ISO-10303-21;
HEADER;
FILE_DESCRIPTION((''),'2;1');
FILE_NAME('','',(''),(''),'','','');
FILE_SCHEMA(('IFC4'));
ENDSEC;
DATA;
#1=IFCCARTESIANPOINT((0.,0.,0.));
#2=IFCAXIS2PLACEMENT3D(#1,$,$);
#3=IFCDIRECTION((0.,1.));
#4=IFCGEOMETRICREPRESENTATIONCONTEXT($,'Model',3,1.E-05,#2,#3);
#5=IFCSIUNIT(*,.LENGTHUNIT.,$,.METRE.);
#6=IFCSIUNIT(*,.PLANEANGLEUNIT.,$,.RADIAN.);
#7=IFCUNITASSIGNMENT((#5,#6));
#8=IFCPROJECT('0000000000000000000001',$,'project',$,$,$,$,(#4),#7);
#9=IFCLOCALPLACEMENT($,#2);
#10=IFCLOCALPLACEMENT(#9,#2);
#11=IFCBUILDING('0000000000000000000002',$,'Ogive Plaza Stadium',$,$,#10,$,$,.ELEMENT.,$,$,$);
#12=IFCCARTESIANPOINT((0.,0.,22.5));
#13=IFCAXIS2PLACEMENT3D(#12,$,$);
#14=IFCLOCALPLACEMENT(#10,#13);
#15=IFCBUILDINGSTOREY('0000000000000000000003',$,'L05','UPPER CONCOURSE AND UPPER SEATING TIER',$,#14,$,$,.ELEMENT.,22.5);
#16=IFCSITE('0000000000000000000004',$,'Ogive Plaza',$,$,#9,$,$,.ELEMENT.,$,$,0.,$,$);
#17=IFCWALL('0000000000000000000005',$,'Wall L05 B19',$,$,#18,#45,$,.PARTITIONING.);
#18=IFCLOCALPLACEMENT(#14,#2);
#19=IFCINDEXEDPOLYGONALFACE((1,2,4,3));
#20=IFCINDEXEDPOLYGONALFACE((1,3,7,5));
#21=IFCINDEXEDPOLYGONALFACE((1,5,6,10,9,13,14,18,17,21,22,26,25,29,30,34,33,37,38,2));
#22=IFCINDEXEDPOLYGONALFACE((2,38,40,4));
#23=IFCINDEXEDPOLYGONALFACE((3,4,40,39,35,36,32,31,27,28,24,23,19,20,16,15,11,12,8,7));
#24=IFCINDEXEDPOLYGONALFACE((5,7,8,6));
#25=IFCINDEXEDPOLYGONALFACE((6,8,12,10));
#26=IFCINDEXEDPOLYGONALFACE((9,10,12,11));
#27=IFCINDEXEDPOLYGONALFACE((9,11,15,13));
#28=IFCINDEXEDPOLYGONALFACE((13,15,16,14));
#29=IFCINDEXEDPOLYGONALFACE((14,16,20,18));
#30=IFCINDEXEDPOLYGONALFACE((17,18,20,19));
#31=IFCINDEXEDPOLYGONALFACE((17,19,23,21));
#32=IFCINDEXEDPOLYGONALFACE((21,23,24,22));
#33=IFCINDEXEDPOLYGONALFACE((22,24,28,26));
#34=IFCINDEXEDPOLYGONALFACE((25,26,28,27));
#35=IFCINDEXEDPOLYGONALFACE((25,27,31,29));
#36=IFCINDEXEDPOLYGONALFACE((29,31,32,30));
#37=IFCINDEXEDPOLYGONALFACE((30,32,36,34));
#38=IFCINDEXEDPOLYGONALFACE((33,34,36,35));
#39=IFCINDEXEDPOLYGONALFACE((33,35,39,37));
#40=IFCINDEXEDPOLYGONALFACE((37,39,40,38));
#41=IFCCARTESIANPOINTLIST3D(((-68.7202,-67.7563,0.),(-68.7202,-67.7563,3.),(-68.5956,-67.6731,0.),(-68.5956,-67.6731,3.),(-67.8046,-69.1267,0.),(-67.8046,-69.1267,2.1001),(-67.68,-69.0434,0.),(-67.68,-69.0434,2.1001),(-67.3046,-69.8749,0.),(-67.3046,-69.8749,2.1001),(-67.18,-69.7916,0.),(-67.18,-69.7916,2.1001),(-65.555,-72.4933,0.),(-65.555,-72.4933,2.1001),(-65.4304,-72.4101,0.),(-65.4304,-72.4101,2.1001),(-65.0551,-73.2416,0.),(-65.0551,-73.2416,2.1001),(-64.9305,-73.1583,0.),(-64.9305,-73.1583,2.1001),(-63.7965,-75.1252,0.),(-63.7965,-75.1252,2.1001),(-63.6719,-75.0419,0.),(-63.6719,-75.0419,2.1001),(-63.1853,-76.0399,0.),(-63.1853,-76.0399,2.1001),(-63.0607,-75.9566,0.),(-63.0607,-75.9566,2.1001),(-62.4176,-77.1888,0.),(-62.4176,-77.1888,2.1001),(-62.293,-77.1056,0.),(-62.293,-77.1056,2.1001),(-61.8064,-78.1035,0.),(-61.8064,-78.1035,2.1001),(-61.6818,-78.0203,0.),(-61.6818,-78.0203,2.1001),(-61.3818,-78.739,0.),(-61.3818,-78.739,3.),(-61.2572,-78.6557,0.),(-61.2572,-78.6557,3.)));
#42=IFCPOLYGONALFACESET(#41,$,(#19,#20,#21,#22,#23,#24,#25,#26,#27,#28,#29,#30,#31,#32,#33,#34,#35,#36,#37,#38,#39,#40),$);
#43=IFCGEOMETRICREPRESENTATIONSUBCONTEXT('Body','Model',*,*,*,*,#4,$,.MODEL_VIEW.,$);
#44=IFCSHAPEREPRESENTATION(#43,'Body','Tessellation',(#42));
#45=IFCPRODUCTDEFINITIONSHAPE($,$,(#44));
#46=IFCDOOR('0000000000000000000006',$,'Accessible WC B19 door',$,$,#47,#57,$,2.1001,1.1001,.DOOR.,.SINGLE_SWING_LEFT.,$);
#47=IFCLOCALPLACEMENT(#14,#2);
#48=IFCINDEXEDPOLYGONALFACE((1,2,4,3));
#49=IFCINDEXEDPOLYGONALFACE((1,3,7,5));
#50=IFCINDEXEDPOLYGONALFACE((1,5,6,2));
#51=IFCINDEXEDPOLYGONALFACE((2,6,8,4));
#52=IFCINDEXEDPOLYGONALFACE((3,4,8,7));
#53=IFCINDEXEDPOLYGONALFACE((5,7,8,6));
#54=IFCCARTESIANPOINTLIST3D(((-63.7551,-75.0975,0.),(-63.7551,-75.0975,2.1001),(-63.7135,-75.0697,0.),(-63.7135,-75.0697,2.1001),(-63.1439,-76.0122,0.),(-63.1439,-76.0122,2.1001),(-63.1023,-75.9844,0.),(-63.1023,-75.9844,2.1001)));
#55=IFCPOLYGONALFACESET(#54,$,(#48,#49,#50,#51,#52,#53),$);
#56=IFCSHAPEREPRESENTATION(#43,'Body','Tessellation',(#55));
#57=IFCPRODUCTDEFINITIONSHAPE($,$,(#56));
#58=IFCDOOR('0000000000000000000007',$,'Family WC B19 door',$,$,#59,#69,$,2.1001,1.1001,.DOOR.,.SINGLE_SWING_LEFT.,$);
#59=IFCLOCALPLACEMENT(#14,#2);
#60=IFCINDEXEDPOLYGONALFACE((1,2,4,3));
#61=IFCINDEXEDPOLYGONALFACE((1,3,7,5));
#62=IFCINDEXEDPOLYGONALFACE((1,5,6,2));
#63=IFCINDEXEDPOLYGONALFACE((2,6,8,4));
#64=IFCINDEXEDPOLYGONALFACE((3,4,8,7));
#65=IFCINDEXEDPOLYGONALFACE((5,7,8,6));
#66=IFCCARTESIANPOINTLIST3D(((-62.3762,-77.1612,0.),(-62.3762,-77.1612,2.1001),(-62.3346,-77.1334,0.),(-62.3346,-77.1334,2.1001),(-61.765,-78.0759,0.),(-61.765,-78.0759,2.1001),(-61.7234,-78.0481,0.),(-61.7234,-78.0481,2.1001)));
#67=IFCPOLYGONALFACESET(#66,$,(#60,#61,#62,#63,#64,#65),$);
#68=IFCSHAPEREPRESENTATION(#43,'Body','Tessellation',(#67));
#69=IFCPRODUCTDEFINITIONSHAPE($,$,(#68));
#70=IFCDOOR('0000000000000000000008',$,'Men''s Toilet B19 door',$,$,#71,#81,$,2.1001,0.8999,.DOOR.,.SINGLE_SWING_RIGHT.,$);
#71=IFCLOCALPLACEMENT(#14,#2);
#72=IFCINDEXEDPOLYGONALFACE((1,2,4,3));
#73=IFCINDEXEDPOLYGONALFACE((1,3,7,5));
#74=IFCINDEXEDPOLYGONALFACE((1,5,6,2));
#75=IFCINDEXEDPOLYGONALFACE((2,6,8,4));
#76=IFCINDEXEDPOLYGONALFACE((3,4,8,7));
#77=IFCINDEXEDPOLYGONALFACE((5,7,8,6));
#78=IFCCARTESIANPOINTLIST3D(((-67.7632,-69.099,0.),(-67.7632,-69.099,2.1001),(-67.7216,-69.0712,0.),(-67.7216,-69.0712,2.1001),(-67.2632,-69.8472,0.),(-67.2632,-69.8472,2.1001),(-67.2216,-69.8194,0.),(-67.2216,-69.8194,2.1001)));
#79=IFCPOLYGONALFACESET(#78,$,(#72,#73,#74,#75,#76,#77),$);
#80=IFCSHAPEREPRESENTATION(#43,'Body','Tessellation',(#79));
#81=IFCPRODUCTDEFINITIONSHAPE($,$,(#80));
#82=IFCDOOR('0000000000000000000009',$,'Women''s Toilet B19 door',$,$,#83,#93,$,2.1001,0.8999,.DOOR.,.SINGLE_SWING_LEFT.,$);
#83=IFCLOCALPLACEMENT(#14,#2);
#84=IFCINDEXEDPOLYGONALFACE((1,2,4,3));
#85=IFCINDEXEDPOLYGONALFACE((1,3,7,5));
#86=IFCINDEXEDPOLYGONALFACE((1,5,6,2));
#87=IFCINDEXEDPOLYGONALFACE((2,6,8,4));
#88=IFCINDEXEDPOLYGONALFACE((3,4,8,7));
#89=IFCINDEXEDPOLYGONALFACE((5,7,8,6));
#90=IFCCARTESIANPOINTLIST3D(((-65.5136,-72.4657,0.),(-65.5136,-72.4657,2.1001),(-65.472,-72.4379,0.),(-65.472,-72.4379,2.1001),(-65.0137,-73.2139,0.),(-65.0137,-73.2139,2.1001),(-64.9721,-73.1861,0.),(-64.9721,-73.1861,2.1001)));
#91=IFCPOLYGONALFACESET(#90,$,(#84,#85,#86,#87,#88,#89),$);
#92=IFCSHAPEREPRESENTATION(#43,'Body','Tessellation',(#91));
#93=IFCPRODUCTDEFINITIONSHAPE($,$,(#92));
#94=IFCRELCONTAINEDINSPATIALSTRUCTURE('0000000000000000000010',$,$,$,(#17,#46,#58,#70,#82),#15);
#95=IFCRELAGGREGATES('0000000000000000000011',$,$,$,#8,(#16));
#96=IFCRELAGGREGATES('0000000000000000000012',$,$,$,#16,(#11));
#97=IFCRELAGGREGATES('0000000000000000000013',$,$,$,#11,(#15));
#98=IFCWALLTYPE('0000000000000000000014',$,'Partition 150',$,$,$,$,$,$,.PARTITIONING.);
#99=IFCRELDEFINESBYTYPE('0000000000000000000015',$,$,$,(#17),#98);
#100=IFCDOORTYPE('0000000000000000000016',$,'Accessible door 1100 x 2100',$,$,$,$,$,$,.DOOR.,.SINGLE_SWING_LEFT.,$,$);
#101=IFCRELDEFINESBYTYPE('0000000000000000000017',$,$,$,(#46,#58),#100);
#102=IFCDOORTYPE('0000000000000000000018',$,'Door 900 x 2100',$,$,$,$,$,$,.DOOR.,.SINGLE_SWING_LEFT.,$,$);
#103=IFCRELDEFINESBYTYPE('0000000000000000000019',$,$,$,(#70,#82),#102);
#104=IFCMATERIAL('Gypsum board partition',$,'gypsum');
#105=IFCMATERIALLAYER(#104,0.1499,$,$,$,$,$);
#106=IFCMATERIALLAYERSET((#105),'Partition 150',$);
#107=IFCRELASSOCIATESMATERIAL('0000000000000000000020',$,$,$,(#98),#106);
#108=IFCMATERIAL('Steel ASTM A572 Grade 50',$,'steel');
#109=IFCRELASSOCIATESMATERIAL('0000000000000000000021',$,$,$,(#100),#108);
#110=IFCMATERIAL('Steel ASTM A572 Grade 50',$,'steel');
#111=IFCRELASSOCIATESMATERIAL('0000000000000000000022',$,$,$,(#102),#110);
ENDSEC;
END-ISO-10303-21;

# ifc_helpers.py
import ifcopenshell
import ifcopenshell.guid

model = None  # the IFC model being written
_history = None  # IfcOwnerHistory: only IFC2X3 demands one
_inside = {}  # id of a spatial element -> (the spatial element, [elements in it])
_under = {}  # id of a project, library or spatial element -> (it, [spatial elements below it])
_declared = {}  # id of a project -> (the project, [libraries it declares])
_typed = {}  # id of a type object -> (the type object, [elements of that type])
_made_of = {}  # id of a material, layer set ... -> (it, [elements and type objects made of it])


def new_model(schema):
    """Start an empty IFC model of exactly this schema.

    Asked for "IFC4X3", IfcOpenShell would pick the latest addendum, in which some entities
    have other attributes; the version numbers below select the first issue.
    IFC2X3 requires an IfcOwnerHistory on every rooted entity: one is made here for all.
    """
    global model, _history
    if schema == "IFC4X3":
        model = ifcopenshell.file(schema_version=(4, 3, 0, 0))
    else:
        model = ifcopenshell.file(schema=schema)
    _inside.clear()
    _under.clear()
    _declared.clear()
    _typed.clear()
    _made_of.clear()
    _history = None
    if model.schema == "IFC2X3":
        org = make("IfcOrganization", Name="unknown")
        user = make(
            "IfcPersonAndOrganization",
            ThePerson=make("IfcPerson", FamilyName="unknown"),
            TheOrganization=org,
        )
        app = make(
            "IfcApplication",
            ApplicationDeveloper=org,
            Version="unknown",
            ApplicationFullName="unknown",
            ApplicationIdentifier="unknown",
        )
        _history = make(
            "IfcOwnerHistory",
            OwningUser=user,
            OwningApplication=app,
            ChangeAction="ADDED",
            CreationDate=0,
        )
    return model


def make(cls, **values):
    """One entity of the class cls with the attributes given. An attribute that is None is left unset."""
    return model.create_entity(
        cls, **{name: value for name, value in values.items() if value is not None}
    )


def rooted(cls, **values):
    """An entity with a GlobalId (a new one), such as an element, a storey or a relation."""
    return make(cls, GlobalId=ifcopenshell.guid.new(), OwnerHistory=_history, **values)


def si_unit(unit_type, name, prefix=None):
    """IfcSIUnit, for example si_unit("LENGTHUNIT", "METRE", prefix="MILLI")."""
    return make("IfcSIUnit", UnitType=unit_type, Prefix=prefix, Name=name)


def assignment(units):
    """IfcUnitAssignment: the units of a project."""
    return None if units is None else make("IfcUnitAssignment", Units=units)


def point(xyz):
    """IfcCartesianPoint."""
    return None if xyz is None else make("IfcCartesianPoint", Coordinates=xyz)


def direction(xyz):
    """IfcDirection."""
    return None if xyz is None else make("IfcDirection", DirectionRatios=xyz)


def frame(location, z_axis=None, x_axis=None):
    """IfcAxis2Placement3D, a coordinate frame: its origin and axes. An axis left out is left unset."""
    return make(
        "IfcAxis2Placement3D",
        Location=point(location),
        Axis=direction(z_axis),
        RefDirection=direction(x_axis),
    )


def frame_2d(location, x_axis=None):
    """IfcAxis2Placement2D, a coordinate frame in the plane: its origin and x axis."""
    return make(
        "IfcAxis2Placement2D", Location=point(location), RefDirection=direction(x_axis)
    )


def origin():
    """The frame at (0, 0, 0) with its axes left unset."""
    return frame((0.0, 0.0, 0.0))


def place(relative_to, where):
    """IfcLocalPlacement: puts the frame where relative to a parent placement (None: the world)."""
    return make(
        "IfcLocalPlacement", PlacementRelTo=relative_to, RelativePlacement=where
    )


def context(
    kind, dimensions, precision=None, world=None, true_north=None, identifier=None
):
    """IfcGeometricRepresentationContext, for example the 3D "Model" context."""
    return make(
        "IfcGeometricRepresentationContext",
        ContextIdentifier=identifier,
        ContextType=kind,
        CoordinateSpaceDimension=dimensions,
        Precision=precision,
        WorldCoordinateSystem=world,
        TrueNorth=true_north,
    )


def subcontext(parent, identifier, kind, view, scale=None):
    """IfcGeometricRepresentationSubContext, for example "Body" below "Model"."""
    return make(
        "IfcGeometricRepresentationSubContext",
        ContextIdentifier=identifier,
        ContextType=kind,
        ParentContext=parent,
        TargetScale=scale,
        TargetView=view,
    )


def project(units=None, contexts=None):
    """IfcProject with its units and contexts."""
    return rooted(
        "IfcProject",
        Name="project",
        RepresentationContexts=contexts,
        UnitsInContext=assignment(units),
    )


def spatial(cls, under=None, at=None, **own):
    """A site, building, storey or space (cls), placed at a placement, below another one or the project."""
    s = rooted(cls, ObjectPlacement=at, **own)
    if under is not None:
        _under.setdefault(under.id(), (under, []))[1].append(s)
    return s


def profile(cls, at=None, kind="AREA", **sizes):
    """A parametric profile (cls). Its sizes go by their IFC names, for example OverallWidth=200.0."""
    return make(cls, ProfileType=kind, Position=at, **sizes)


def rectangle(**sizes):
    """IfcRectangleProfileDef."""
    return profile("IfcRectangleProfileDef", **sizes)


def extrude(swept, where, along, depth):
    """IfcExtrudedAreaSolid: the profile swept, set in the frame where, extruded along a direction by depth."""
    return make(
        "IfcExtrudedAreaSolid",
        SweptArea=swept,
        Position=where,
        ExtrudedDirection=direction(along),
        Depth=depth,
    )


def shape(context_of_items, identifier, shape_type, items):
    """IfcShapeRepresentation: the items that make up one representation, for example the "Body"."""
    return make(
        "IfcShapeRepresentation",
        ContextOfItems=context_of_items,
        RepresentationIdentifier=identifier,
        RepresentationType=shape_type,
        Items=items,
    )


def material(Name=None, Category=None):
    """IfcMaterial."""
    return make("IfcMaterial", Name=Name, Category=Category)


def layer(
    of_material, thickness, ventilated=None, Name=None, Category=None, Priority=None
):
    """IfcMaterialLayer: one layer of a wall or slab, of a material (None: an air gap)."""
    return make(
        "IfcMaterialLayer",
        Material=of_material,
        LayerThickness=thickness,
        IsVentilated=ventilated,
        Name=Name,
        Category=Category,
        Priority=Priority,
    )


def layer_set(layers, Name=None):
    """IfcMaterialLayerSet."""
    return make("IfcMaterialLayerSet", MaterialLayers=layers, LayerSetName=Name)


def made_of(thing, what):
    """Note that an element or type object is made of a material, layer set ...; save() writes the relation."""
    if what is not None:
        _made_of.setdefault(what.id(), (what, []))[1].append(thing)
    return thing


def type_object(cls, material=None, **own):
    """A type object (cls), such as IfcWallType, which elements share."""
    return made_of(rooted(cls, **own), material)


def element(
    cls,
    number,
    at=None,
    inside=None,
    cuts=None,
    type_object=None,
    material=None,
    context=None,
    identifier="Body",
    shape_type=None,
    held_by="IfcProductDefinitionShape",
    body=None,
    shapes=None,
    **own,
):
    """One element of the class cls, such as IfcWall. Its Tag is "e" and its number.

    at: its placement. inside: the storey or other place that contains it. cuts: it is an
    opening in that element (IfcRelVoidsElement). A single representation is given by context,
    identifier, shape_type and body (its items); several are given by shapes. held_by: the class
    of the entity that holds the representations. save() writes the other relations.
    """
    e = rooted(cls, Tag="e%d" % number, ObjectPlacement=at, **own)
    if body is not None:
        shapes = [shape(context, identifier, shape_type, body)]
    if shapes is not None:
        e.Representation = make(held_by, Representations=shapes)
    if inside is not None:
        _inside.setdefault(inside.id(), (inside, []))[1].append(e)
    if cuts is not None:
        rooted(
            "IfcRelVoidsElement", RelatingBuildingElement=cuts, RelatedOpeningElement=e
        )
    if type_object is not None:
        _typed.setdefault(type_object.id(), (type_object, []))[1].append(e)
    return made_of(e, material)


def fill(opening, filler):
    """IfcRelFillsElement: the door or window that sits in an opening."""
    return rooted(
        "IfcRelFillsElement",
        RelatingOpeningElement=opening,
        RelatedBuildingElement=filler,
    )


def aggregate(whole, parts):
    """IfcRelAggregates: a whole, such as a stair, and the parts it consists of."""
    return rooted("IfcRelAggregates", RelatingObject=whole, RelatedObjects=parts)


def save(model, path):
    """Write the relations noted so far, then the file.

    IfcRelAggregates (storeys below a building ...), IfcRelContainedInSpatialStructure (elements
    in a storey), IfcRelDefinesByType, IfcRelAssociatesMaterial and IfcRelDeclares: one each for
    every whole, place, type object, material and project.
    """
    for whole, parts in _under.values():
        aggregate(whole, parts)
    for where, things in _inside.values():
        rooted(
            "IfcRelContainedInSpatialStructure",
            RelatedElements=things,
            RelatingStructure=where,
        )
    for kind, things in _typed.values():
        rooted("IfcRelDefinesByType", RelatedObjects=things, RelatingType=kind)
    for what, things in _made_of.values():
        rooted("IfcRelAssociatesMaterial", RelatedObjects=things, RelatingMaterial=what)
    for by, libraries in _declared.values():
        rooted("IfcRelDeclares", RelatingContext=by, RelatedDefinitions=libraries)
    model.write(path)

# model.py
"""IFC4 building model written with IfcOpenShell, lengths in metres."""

from ifc_helpers import new_model, si_unit, direction, frame, frame_2d, origin, place, context, subcontext, project, spatial, rectangle, extrude, material, layer, layer_set, type_object, element, fill, save


model = new_model("IFC4")

# Units and contexts
model_context = context("Model", 3, precision=1e-05, world=origin(), true_north=direction((0.0, 1.0)))
body_context = subcontext(model_context, "Body", "Model", "MODEL_VIEW")
ifc_project = project(units=[si_unit("LENGTHUNIT", "METRE"), si_unit("PLANEANGLEUNIT", "RADIAN")], contexts=[model_context])

# Site, building, storey
site_placement = place(None, origin())
site = spatial("IfcSite", under=ifc_project, at=site_placement, Name="Ogive Plaza", CompositionType="ELEMENT", RefElevation=0.0)
building_placement = place(site_placement, origin())
building = spatial("IfcBuilding", under=site, at=building_placement, Name="Ogive Plaza Stadium", CompositionType="ELEMENT")
storey_placement = place(building_placement, frame((0.0, 0.0, 22.5)))
storey = spatial("IfcBuildingStorey", under=building, at=storey_placement, Name="L05", Description="UPPER CONCOURSE AND UPPER SEATING TIER", CompositionType="ELEMENT", Elevation=22.5)

# Wall, openings, doors
ifc_material_1 = material(Name="Gypsum board partition", Category="gypsum")
ifc_layer_1 = layer(ifc_material_1, 0.1499)
ifc_layer_set_1 = layer_set([ifc_layer_1], Name="Partition 150")
wall_type_1 = type_object("IfcWallType", Name="Partition 150", PredefinedType="PARTITIONING", material=ifc_layer_set_1)
wall_1_placement = place(storey_placement, frame((-68.658, -67.7146, 0.0), z_axis=(0.0, 0.0, 1.0), x_axis=(0.55557, -0.83147, 0.0)))
wall_1 = element("IfcWall", 1, at=wall_1_placement, inside=storey, type_object=wall_type_1, Name="Wall L05 B19", PredefinedType="PARTITIONING", context=body_context, shape_type="SweptSolid", body=[
    extrude(rectangle(XDim=13.2087, YDim=0.1499, at=frame_2d((6.6045, 0.0))), origin(), (0.0, 0.0, 1.0), 3.0),
])
opening_1_placement = place(wall_1_placement, frame((1.6482, 0.0, 0.0)))
opening_1 = element("IfcOpeningElement", 2, at=opening_1_placement, cuts=wall_1, PredefinedType="OPENING", context=body_context, shape_type="SweptSolid", body=[
    extrude(rectangle(XDim=0.8999, YDim=2.1001, at=frame_2d((0.45, 1.05))), frame((0.0, 0.075, 0.0), z_axis=(0.0, -1.0, 0.0), x_axis=(1.0, 0.0, 0.0)), (0.0, 0.0, 1.0), 0.1499),
])
opening_2_placement = place(wall_1_placement, frame((5.6973, 0.0, 0.0)))
opening_2 = element("IfcOpeningElement", 3, at=opening_2_placement, cuts=wall_1, PredefinedType="OPENING", context=body_context, shape_type="SweptSolid", body=[
    extrude(rectangle(XDim=0.8999, YDim=2.1001, at=frame_2d((0.45, 1.05))), frame((0.0, 0.075, 0.0), z_axis=(0.0, -1.0, 0.0), x_axis=(1.0, 0.0, 0.0)), (0.0, 0.0, 1.0), 0.1499),
])
opening_3_placement = place(wall_1_placement, frame((8.8625, 0.0, 0.0)))
opening_3 = element("IfcOpeningElement", 4, at=opening_3_placement, cuts=wall_1, PredefinedType="OPENING", context=body_context, shape_type="SweptSolid", body=[
    extrude(rectangle(XDim=1.1001, YDim=2.1001, at=frame_2d((0.55, 1.05))), frame((0.0, 0.075, 0.0), z_axis=(0.0, -1.0, 0.0), x_axis=(1.0, 0.0, 0.0)), (0.0, 0.0, 1.0), 0.1499),
])
opening_4_placement = place(wall_1_placement, frame((11.3445, 0.0, 0.0)))
opening_4 = element("IfcOpeningElement", 5, at=opening_4_placement, cuts=wall_1, PredefinedType="OPENING", context=body_context, shape_type="SweptSolid", body=[
    extrude(rectangle(XDim=1.1001, YDim=2.1001, at=frame_2d((0.55, 1.05))), frame((0.0, 0.075, 0.0), z_axis=(0.0, -1.0, 0.0), x_axis=(1.0, 0.0, 0.0)), (0.0, 0.0, 1.0), 0.1499),
])
ifc_material_2 = material(Name="Steel ASTM A572 Grade 50", Category="steel")
door_type_1 = type_object("IfcDoorType", Name="Accessible door 1100 x 2100", OperationType="SINGLE_SWING_LEFT", PredefinedType="DOOR", material=ifc_material_2)
door_1_placement = place(opening_3_placement, origin())
door_1 = element("IfcDoor", 6, at=door_1_placement, inside=storey, type_object=door_type_1, Name="Accessible WC B19 door", OperationType="SINGLE_SWING_LEFT", OverallHeight=2.1001, OverallWidth=1.1001, PredefinedType="DOOR", context=body_context, shape_type="SweptSolid", body=[
    extrude(rectangle(XDim=1.1001, YDim=2.1001, at=frame_2d((0.55, 1.05))), frame((0.0, 0.0249, 0.0), z_axis=(0.0, -1.0, 0.0), x_axis=(1.0, 0.0, 0.0)), (0.0, 0.0, 1.0), 0.05),
])
fill(opening_3, door_1)
door_2_placement = place(opening_4_placement, origin())
door_2 = element("IfcDoor", 7, at=door_2_placement, inside=storey, type_object=door_type_1, Name="Family WC B19 door", OperationType="SINGLE_SWING_LEFT", OverallHeight=2.1001, OverallWidth=1.1001, PredefinedType="DOOR", context=body_context, shape_type="SweptSolid", body=[
    extrude(rectangle(XDim=1.1001, YDim=2.1001, at=frame_2d((0.55, 1.05))), frame((0.0, 0.0249, 0.0), z_axis=(0.0, -1.0, 0.0), x_axis=(1.0, 0.0, 0.0)), (0.0, 0.0, 1.0), 0.05),
])
fill(opening_4, door_2)
ifc_material_3 = material(Name="Steel ASTM A572 Grade 50", Category="steel")
door_type_2 = type_object("IfcDoorType", Name="Door 900 x 2100", OperationType="SINGLE_SWING_LEFT", PredefinedType="DOOR", material=ifc_material_3)
door_3_placement = place(opening_1_placement, origin())
door_3 = element("IfcDoor", 8, at=door_3_placement, inside=storey, type_object=door_type_2, Name="Men's Toilet B19 door", OperationType="SINGLE_SWING_RIGHT", OverallHeight=2.1001, OverallWidth=0.8999, PredefinedType="DOOR", context=body_context, shape_type="SweptSolid", body=[
    extrude(rectangle(XDim=0.8999, YDim=2.1001, at=frame_2d((0.45, 1.05))), frame((0.0, 0.0249, 0.0), z_axis=(0.0, -1.0, 0.0), x_axis=(1.0, 0.0, 0.0)), (0.0, 0.0, 1.0), 0.05),
])
fill(opening_1, door_3)
door_4_placement = place(opening_2_placement, origin())
door_4 = element("IfcDoor", 9, at=door_4_placement, inside=storey, type_object=door_type_2, Name="Women's Toilet B19 door", OperationType="SINGLE_SWING_LEFT", OverallHeight=2.1001, OverallWidth=0.8999, PredefinedType="DOOR", context=body_context, shape_type="SweptSolid", body=[
    extrude(rectangle(XDim=0.8999, YDim=2.1001, at=frame_2d((0.45, 1.05))), frame((0.0, 0.0249, 0.0), z_axis=(0.0, -1.0, 0.0), x_axis=(1.0, 0.0, 0.0)), (0.0, 0.0, 1.0), 0.05),
])
fill(opening_2, door_4)

save(model, "model.ifc")
